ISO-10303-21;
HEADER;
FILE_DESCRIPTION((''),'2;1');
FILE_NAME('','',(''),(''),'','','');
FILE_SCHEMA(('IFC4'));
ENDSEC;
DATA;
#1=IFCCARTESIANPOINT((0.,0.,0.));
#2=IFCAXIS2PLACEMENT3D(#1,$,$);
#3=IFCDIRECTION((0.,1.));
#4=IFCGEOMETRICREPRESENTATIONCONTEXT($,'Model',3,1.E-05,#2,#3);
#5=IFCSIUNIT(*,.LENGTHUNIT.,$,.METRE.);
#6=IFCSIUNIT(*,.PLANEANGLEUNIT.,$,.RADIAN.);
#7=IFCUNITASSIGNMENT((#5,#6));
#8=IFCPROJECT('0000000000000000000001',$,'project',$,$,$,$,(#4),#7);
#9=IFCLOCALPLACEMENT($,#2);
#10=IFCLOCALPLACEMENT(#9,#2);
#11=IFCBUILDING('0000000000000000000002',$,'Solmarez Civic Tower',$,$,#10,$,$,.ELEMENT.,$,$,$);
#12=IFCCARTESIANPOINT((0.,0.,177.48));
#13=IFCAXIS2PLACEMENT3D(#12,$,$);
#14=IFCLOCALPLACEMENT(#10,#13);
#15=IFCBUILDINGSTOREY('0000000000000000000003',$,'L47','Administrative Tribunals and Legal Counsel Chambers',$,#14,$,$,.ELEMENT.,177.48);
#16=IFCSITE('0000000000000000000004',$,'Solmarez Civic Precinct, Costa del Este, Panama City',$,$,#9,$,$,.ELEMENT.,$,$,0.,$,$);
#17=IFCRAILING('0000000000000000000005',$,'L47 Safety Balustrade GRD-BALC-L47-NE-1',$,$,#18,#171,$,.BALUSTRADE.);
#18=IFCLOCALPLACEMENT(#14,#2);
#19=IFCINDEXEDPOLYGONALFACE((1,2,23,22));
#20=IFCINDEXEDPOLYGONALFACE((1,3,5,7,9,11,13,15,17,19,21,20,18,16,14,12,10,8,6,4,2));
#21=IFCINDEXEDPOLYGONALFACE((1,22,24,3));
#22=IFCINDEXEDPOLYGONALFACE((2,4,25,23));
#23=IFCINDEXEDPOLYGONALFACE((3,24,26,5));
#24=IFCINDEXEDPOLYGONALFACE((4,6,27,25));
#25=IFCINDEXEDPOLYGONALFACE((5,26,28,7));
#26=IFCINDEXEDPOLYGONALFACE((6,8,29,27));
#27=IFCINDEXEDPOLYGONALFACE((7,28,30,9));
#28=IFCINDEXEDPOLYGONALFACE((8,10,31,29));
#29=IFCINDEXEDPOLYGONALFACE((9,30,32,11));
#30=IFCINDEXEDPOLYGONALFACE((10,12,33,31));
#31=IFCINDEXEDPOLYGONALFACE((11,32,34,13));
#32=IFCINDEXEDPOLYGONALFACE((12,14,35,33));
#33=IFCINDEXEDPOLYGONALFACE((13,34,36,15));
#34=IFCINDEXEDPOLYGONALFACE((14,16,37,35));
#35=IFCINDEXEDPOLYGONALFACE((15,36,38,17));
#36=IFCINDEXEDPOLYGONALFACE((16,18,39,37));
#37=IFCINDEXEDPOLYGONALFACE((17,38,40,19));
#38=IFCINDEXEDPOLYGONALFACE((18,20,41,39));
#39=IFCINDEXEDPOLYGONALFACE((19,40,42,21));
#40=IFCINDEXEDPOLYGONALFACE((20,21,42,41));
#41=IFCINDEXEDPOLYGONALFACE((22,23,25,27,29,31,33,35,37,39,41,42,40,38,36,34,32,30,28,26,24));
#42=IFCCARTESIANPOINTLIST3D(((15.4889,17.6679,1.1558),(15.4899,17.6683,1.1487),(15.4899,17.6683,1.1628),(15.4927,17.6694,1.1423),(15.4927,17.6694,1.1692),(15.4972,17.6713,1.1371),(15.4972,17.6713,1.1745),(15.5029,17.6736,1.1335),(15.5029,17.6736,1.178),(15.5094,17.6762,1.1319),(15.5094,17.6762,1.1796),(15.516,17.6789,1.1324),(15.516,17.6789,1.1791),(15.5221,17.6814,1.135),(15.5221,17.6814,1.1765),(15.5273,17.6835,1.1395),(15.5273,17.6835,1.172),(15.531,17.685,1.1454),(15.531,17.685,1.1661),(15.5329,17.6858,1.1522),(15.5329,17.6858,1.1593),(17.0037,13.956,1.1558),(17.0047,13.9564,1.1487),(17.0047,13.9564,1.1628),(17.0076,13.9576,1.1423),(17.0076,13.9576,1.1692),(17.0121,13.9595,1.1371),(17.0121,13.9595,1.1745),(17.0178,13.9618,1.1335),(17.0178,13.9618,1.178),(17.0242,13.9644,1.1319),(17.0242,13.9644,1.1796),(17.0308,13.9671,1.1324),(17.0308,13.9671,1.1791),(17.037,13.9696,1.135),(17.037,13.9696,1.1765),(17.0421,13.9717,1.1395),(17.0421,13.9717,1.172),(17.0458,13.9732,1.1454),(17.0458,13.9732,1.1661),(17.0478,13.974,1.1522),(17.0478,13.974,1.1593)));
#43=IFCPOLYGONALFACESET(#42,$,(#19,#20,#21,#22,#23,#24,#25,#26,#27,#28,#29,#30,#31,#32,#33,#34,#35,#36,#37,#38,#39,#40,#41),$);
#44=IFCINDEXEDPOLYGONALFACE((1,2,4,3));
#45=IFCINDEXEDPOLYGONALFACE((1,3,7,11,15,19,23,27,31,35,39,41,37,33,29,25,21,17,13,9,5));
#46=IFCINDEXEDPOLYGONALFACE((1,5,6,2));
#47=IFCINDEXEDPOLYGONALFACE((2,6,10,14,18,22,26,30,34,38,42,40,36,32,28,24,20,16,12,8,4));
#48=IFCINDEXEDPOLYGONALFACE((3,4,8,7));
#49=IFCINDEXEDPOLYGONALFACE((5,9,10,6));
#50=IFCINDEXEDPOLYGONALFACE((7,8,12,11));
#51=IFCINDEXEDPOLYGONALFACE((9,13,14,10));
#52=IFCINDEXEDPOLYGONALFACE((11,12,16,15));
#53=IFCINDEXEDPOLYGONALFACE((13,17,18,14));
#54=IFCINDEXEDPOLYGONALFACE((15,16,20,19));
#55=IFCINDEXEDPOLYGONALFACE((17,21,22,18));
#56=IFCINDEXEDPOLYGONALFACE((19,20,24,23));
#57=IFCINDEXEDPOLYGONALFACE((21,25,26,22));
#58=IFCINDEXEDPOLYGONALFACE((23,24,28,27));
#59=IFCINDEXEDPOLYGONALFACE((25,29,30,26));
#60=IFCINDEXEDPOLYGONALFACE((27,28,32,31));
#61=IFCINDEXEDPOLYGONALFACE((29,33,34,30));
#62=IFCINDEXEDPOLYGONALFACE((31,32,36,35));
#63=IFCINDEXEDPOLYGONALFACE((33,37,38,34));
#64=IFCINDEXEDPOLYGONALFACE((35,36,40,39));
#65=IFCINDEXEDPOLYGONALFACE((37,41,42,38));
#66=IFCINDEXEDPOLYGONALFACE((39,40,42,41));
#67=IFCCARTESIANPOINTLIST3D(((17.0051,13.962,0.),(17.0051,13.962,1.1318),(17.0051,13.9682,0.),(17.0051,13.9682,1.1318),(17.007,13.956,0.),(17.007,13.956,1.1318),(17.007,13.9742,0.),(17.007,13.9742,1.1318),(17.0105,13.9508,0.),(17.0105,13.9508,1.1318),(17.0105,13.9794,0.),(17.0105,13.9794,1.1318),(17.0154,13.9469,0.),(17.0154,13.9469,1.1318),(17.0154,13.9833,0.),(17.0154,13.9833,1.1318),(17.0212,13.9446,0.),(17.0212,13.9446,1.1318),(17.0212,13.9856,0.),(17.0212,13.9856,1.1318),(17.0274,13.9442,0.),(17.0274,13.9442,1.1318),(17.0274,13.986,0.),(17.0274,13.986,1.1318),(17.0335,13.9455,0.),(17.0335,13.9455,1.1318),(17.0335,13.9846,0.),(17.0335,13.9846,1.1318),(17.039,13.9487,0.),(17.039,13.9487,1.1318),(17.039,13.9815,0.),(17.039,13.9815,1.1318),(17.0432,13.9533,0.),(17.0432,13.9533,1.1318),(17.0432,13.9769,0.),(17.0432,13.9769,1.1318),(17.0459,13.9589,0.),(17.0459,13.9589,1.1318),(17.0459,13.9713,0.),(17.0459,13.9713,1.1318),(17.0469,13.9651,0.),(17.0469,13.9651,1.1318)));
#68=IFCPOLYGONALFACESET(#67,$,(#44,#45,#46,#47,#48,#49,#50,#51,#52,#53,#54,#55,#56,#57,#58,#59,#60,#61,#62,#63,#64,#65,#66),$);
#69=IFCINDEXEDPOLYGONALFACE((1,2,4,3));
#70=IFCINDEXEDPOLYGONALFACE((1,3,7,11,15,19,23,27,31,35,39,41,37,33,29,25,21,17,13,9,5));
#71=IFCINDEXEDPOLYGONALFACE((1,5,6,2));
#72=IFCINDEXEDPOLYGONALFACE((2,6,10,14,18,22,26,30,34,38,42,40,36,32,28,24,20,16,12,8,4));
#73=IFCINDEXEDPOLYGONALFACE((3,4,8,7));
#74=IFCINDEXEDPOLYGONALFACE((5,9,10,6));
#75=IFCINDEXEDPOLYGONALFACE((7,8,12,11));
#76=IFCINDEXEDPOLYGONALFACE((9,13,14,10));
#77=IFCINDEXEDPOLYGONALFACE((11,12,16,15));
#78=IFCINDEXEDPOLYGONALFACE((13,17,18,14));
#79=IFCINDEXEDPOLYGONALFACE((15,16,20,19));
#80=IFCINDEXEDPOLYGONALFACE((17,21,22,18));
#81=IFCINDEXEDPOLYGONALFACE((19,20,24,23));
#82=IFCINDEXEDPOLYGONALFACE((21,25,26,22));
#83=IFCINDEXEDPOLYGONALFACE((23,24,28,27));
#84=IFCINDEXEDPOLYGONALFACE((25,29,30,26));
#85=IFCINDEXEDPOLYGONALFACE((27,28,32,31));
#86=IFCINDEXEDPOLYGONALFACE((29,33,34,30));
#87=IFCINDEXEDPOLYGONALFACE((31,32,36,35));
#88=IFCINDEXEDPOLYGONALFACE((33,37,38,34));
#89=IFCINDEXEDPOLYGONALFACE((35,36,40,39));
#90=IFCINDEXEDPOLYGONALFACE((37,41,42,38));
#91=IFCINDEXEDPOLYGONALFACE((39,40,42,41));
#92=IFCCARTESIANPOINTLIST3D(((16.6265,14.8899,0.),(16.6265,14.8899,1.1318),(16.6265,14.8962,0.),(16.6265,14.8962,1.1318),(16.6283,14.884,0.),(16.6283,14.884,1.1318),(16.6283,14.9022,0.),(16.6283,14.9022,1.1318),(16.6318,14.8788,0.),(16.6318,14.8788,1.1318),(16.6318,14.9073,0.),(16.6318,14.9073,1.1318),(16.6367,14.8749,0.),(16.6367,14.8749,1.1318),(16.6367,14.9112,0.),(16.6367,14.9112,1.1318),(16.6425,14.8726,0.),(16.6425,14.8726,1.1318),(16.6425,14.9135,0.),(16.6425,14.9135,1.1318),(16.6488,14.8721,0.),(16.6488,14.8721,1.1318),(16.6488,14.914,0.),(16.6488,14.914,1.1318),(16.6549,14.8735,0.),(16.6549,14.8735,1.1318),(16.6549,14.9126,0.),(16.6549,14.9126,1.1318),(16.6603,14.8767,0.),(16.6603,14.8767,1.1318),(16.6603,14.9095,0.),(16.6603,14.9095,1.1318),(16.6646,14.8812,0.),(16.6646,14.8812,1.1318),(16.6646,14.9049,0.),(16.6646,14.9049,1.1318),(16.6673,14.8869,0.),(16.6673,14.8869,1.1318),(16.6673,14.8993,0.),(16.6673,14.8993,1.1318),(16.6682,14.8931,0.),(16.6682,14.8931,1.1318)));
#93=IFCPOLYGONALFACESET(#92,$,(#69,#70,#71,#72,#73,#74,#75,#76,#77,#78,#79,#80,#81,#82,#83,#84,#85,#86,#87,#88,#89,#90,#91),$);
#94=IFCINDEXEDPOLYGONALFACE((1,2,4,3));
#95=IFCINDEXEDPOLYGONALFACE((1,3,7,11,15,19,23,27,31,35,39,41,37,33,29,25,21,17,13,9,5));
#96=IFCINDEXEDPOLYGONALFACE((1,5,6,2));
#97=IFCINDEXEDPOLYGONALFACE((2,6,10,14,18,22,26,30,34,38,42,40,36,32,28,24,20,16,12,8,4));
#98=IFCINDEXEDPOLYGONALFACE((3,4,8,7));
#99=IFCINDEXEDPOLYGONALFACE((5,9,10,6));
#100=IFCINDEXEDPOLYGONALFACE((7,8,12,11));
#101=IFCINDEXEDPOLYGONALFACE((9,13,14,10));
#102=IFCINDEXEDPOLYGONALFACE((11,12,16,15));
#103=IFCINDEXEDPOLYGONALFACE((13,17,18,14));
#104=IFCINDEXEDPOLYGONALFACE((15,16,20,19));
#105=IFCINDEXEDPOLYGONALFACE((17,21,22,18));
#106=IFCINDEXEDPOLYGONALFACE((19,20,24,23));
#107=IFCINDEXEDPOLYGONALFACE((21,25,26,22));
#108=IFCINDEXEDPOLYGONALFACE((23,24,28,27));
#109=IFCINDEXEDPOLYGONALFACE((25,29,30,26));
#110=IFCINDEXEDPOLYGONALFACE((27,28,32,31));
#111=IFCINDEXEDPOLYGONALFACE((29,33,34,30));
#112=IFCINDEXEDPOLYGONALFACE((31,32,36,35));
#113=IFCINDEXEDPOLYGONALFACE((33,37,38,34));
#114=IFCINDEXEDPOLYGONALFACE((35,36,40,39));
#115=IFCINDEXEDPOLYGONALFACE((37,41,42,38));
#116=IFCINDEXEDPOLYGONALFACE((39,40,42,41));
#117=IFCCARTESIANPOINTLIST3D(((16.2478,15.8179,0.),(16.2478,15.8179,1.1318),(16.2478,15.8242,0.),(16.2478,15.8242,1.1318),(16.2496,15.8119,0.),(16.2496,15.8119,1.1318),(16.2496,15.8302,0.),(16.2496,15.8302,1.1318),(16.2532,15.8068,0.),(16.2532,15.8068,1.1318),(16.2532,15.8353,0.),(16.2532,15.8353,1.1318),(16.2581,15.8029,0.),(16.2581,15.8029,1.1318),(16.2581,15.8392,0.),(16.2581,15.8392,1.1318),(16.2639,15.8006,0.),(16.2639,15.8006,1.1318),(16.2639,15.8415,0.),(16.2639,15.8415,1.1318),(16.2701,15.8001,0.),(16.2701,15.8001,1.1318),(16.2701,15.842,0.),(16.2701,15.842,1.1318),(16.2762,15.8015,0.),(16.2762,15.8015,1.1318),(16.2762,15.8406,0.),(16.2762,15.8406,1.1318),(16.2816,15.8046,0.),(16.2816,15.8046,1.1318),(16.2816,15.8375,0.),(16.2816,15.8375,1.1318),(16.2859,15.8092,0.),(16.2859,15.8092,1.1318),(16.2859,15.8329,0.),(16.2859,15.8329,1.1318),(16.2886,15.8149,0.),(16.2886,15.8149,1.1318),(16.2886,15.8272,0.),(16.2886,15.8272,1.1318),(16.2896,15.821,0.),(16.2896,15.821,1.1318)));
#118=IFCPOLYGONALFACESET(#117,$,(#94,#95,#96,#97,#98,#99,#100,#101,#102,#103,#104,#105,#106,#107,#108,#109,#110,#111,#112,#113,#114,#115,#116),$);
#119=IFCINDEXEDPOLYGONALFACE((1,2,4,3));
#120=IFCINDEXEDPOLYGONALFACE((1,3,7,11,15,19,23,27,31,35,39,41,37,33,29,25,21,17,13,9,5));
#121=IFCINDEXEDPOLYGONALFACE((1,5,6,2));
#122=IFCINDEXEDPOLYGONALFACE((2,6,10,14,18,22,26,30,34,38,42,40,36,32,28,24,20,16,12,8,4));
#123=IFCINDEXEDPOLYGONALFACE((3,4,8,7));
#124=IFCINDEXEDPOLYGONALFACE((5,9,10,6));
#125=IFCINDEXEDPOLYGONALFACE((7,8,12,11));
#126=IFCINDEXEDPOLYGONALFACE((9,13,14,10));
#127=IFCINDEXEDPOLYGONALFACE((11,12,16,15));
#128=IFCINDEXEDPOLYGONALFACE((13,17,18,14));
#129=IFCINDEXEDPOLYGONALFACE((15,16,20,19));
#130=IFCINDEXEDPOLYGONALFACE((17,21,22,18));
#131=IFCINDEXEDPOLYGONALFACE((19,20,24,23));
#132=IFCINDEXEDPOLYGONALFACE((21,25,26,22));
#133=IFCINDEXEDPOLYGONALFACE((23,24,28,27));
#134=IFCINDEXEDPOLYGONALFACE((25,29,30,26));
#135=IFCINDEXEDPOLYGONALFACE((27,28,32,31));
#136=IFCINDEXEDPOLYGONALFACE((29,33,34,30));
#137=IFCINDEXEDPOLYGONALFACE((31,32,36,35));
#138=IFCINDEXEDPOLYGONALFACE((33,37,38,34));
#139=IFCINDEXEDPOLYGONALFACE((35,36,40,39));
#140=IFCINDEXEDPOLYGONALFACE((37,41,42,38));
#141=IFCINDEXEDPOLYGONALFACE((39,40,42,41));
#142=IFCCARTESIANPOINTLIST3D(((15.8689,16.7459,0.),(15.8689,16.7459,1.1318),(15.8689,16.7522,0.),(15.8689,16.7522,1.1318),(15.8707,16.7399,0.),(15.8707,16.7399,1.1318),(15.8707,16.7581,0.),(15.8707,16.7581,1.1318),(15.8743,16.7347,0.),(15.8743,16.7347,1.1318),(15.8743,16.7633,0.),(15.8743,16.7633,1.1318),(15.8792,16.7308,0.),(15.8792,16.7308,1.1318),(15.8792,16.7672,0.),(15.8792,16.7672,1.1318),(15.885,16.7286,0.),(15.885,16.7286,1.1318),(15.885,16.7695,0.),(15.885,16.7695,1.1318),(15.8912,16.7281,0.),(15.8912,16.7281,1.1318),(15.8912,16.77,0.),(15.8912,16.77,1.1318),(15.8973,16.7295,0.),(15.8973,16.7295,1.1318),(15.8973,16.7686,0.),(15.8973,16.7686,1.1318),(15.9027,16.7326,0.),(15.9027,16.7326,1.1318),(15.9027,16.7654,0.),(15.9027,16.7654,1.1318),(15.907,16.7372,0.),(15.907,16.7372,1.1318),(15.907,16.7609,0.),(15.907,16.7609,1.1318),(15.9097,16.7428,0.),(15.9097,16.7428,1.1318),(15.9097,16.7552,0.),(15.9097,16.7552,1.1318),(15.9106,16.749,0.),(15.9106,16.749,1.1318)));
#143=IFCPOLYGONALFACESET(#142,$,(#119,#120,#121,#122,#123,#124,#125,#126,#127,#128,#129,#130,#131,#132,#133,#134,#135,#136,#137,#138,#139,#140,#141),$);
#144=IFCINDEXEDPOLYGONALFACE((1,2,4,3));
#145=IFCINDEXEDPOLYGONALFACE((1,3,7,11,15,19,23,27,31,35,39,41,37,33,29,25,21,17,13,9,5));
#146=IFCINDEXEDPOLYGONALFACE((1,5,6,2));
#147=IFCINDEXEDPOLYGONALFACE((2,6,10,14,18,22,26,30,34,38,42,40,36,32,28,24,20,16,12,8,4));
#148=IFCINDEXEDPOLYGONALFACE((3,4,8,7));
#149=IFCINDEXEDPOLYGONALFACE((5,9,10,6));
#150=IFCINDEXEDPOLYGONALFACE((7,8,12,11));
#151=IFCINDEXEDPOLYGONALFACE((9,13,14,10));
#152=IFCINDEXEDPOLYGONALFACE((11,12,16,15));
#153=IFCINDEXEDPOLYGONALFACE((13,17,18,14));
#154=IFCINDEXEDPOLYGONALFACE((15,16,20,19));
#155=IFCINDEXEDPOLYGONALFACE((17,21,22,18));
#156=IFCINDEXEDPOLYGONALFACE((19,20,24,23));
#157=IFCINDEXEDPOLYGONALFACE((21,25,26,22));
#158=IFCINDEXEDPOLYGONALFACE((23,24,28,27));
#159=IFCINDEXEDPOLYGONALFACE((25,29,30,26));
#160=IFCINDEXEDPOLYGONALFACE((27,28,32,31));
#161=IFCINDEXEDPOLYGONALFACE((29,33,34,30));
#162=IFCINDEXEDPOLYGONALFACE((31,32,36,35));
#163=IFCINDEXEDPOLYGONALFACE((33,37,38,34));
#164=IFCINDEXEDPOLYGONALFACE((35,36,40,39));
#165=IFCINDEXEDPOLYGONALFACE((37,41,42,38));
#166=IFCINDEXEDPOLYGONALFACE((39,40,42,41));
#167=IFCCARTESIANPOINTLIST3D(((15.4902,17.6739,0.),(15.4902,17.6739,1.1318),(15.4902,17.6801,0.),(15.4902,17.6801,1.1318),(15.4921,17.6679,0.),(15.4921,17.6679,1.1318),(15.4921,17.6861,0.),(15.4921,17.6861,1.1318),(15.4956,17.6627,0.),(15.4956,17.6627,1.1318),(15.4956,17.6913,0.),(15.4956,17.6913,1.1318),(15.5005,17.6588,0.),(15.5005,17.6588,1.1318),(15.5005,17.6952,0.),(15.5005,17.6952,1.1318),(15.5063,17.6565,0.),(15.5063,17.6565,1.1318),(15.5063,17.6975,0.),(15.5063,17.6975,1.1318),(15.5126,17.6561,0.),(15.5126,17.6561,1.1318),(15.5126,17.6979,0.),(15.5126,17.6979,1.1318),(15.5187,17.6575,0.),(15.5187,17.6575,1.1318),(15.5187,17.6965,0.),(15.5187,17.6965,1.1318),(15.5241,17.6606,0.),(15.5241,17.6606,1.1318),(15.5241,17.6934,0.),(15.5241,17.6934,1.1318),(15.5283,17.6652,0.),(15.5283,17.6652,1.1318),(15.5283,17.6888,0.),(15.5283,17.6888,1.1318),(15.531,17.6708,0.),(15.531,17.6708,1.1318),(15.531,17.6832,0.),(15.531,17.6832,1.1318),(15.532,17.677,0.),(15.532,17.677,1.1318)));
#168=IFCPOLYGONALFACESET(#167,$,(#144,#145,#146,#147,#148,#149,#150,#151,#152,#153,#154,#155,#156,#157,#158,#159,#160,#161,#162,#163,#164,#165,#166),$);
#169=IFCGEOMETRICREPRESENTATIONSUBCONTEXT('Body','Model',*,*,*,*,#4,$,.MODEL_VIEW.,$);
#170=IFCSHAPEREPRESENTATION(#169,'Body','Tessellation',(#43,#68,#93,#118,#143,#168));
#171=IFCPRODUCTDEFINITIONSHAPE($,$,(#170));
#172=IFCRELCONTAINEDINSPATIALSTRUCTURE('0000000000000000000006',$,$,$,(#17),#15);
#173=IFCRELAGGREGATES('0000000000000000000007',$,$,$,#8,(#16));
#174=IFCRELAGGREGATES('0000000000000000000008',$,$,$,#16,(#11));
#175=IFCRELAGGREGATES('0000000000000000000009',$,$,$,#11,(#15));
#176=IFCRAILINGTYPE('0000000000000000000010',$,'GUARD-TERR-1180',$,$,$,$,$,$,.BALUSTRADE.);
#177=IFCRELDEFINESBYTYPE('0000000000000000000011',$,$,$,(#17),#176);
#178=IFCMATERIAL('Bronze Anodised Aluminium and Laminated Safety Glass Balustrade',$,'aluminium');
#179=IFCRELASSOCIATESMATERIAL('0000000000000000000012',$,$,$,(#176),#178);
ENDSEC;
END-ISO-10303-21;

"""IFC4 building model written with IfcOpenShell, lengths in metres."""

from ifc_helpers import new_model, si_unit, direction, frame, origin, origin_2d, place, context, subcontext, project, spatial, circle, extrude, material, type_object, element, save


model = new_model("IFC4")

# Units and contexts
model_context = context("Model", 3, precision=1e-05, world=origin(), true_north=direction((0.0, 1.0)))
body_context = subcontext(model_context, "Body", "Model", "MODEL_VIEW")
ifc_project = project(units=[si_unit("LENGTHUNIT", "METRE"), si_unit("PLANEANGLEUNIT", "RADIAN")], contexts=[model_context])

# Site, building, storey
site_placement = place(None, origin())
site = spatial("IfcSite", under=ifc_project, at=site_placement, Name="Solmarez Civic Precinct, Costa del Este, Panama City", CompositionType="ELEMENT", RefElevation=0.0)
building_placement = place(site_placement, origin())
building = spatial("IfcBuilding", under=site, at=building_placement, Name="Solmarez Civic Tower", CompositionType="ELEMENT")
storey_placement = place(building_placement, frame((0.0, 0.0, 177.48)))
storey = spatial("IfcBuildingStorey", under=building, at=storey_placement, Name="L47", Description="Administrative Tribunals and Legal Counsel Chambers", CompositionType="ELEMENT", Elevation=177.48)

# Railing
ifc_material_1 = material(Name="Bronze Anodised Aluminium and Laminated Safety Glass Balustrade", Category="aluminium")
railing_type = type_object("IfcRailingType", Name="GUARD-TERR-1180", PredefinedType="BALUSTRADE", material=ifc_material_1)
railing_1_placement = place(storey_placement, frame((17.0259, 13.9651, 0.0)))
element("IfcRailing", 1, at=railing_1_placement, inside=storey, type_object=railing_type, Name="L47 Safety Balustrade GRD-BALC-L47-NE-1", PredefinedType="BALUSTRADE", context=body_context, shape_type="SweptSolid", body=[
    extrude(circle(Radius=0.0239, at=origin_2d()), frame((0.0, 0.0, 1.1558), z_axis=(-0.37786, 0.925863, 0.0), x_axis=(-0.925863, -0.37786, 0.0)), (0.0, 0.0, 1.0), 4.009),
    extrude(circle(Radius=0.021, at=origin_2d()), origin(), (0.0, 0.0, 1.0), 1.1318),
    extrude(circle(Radius=0.021, at=origin_2d()), frame((-0.3787, 0.928, 0.0)), (0.0, 0.0, 1.0), 1.1318),
    extrude(circle(Radius=0.021, at=origin_2d()), frame((-0.7573, 1.856, 0.0)), (0.0, 0.0, 1.0), 1.1318),
    extrude(circle(Radius=0.021, at=origin_2d()), frame((-1.1362, 2.7839, 0.0)), (0.0, 0.0, 1.0), 1.1318),
    extrude(circle(Radius=0.021, at=origin_2d()), frame((-1.5149, 3.7119, 0.0)), (0.0, 0.0, 1.0), 1.1318),
])

save(model, "model.ifc")
